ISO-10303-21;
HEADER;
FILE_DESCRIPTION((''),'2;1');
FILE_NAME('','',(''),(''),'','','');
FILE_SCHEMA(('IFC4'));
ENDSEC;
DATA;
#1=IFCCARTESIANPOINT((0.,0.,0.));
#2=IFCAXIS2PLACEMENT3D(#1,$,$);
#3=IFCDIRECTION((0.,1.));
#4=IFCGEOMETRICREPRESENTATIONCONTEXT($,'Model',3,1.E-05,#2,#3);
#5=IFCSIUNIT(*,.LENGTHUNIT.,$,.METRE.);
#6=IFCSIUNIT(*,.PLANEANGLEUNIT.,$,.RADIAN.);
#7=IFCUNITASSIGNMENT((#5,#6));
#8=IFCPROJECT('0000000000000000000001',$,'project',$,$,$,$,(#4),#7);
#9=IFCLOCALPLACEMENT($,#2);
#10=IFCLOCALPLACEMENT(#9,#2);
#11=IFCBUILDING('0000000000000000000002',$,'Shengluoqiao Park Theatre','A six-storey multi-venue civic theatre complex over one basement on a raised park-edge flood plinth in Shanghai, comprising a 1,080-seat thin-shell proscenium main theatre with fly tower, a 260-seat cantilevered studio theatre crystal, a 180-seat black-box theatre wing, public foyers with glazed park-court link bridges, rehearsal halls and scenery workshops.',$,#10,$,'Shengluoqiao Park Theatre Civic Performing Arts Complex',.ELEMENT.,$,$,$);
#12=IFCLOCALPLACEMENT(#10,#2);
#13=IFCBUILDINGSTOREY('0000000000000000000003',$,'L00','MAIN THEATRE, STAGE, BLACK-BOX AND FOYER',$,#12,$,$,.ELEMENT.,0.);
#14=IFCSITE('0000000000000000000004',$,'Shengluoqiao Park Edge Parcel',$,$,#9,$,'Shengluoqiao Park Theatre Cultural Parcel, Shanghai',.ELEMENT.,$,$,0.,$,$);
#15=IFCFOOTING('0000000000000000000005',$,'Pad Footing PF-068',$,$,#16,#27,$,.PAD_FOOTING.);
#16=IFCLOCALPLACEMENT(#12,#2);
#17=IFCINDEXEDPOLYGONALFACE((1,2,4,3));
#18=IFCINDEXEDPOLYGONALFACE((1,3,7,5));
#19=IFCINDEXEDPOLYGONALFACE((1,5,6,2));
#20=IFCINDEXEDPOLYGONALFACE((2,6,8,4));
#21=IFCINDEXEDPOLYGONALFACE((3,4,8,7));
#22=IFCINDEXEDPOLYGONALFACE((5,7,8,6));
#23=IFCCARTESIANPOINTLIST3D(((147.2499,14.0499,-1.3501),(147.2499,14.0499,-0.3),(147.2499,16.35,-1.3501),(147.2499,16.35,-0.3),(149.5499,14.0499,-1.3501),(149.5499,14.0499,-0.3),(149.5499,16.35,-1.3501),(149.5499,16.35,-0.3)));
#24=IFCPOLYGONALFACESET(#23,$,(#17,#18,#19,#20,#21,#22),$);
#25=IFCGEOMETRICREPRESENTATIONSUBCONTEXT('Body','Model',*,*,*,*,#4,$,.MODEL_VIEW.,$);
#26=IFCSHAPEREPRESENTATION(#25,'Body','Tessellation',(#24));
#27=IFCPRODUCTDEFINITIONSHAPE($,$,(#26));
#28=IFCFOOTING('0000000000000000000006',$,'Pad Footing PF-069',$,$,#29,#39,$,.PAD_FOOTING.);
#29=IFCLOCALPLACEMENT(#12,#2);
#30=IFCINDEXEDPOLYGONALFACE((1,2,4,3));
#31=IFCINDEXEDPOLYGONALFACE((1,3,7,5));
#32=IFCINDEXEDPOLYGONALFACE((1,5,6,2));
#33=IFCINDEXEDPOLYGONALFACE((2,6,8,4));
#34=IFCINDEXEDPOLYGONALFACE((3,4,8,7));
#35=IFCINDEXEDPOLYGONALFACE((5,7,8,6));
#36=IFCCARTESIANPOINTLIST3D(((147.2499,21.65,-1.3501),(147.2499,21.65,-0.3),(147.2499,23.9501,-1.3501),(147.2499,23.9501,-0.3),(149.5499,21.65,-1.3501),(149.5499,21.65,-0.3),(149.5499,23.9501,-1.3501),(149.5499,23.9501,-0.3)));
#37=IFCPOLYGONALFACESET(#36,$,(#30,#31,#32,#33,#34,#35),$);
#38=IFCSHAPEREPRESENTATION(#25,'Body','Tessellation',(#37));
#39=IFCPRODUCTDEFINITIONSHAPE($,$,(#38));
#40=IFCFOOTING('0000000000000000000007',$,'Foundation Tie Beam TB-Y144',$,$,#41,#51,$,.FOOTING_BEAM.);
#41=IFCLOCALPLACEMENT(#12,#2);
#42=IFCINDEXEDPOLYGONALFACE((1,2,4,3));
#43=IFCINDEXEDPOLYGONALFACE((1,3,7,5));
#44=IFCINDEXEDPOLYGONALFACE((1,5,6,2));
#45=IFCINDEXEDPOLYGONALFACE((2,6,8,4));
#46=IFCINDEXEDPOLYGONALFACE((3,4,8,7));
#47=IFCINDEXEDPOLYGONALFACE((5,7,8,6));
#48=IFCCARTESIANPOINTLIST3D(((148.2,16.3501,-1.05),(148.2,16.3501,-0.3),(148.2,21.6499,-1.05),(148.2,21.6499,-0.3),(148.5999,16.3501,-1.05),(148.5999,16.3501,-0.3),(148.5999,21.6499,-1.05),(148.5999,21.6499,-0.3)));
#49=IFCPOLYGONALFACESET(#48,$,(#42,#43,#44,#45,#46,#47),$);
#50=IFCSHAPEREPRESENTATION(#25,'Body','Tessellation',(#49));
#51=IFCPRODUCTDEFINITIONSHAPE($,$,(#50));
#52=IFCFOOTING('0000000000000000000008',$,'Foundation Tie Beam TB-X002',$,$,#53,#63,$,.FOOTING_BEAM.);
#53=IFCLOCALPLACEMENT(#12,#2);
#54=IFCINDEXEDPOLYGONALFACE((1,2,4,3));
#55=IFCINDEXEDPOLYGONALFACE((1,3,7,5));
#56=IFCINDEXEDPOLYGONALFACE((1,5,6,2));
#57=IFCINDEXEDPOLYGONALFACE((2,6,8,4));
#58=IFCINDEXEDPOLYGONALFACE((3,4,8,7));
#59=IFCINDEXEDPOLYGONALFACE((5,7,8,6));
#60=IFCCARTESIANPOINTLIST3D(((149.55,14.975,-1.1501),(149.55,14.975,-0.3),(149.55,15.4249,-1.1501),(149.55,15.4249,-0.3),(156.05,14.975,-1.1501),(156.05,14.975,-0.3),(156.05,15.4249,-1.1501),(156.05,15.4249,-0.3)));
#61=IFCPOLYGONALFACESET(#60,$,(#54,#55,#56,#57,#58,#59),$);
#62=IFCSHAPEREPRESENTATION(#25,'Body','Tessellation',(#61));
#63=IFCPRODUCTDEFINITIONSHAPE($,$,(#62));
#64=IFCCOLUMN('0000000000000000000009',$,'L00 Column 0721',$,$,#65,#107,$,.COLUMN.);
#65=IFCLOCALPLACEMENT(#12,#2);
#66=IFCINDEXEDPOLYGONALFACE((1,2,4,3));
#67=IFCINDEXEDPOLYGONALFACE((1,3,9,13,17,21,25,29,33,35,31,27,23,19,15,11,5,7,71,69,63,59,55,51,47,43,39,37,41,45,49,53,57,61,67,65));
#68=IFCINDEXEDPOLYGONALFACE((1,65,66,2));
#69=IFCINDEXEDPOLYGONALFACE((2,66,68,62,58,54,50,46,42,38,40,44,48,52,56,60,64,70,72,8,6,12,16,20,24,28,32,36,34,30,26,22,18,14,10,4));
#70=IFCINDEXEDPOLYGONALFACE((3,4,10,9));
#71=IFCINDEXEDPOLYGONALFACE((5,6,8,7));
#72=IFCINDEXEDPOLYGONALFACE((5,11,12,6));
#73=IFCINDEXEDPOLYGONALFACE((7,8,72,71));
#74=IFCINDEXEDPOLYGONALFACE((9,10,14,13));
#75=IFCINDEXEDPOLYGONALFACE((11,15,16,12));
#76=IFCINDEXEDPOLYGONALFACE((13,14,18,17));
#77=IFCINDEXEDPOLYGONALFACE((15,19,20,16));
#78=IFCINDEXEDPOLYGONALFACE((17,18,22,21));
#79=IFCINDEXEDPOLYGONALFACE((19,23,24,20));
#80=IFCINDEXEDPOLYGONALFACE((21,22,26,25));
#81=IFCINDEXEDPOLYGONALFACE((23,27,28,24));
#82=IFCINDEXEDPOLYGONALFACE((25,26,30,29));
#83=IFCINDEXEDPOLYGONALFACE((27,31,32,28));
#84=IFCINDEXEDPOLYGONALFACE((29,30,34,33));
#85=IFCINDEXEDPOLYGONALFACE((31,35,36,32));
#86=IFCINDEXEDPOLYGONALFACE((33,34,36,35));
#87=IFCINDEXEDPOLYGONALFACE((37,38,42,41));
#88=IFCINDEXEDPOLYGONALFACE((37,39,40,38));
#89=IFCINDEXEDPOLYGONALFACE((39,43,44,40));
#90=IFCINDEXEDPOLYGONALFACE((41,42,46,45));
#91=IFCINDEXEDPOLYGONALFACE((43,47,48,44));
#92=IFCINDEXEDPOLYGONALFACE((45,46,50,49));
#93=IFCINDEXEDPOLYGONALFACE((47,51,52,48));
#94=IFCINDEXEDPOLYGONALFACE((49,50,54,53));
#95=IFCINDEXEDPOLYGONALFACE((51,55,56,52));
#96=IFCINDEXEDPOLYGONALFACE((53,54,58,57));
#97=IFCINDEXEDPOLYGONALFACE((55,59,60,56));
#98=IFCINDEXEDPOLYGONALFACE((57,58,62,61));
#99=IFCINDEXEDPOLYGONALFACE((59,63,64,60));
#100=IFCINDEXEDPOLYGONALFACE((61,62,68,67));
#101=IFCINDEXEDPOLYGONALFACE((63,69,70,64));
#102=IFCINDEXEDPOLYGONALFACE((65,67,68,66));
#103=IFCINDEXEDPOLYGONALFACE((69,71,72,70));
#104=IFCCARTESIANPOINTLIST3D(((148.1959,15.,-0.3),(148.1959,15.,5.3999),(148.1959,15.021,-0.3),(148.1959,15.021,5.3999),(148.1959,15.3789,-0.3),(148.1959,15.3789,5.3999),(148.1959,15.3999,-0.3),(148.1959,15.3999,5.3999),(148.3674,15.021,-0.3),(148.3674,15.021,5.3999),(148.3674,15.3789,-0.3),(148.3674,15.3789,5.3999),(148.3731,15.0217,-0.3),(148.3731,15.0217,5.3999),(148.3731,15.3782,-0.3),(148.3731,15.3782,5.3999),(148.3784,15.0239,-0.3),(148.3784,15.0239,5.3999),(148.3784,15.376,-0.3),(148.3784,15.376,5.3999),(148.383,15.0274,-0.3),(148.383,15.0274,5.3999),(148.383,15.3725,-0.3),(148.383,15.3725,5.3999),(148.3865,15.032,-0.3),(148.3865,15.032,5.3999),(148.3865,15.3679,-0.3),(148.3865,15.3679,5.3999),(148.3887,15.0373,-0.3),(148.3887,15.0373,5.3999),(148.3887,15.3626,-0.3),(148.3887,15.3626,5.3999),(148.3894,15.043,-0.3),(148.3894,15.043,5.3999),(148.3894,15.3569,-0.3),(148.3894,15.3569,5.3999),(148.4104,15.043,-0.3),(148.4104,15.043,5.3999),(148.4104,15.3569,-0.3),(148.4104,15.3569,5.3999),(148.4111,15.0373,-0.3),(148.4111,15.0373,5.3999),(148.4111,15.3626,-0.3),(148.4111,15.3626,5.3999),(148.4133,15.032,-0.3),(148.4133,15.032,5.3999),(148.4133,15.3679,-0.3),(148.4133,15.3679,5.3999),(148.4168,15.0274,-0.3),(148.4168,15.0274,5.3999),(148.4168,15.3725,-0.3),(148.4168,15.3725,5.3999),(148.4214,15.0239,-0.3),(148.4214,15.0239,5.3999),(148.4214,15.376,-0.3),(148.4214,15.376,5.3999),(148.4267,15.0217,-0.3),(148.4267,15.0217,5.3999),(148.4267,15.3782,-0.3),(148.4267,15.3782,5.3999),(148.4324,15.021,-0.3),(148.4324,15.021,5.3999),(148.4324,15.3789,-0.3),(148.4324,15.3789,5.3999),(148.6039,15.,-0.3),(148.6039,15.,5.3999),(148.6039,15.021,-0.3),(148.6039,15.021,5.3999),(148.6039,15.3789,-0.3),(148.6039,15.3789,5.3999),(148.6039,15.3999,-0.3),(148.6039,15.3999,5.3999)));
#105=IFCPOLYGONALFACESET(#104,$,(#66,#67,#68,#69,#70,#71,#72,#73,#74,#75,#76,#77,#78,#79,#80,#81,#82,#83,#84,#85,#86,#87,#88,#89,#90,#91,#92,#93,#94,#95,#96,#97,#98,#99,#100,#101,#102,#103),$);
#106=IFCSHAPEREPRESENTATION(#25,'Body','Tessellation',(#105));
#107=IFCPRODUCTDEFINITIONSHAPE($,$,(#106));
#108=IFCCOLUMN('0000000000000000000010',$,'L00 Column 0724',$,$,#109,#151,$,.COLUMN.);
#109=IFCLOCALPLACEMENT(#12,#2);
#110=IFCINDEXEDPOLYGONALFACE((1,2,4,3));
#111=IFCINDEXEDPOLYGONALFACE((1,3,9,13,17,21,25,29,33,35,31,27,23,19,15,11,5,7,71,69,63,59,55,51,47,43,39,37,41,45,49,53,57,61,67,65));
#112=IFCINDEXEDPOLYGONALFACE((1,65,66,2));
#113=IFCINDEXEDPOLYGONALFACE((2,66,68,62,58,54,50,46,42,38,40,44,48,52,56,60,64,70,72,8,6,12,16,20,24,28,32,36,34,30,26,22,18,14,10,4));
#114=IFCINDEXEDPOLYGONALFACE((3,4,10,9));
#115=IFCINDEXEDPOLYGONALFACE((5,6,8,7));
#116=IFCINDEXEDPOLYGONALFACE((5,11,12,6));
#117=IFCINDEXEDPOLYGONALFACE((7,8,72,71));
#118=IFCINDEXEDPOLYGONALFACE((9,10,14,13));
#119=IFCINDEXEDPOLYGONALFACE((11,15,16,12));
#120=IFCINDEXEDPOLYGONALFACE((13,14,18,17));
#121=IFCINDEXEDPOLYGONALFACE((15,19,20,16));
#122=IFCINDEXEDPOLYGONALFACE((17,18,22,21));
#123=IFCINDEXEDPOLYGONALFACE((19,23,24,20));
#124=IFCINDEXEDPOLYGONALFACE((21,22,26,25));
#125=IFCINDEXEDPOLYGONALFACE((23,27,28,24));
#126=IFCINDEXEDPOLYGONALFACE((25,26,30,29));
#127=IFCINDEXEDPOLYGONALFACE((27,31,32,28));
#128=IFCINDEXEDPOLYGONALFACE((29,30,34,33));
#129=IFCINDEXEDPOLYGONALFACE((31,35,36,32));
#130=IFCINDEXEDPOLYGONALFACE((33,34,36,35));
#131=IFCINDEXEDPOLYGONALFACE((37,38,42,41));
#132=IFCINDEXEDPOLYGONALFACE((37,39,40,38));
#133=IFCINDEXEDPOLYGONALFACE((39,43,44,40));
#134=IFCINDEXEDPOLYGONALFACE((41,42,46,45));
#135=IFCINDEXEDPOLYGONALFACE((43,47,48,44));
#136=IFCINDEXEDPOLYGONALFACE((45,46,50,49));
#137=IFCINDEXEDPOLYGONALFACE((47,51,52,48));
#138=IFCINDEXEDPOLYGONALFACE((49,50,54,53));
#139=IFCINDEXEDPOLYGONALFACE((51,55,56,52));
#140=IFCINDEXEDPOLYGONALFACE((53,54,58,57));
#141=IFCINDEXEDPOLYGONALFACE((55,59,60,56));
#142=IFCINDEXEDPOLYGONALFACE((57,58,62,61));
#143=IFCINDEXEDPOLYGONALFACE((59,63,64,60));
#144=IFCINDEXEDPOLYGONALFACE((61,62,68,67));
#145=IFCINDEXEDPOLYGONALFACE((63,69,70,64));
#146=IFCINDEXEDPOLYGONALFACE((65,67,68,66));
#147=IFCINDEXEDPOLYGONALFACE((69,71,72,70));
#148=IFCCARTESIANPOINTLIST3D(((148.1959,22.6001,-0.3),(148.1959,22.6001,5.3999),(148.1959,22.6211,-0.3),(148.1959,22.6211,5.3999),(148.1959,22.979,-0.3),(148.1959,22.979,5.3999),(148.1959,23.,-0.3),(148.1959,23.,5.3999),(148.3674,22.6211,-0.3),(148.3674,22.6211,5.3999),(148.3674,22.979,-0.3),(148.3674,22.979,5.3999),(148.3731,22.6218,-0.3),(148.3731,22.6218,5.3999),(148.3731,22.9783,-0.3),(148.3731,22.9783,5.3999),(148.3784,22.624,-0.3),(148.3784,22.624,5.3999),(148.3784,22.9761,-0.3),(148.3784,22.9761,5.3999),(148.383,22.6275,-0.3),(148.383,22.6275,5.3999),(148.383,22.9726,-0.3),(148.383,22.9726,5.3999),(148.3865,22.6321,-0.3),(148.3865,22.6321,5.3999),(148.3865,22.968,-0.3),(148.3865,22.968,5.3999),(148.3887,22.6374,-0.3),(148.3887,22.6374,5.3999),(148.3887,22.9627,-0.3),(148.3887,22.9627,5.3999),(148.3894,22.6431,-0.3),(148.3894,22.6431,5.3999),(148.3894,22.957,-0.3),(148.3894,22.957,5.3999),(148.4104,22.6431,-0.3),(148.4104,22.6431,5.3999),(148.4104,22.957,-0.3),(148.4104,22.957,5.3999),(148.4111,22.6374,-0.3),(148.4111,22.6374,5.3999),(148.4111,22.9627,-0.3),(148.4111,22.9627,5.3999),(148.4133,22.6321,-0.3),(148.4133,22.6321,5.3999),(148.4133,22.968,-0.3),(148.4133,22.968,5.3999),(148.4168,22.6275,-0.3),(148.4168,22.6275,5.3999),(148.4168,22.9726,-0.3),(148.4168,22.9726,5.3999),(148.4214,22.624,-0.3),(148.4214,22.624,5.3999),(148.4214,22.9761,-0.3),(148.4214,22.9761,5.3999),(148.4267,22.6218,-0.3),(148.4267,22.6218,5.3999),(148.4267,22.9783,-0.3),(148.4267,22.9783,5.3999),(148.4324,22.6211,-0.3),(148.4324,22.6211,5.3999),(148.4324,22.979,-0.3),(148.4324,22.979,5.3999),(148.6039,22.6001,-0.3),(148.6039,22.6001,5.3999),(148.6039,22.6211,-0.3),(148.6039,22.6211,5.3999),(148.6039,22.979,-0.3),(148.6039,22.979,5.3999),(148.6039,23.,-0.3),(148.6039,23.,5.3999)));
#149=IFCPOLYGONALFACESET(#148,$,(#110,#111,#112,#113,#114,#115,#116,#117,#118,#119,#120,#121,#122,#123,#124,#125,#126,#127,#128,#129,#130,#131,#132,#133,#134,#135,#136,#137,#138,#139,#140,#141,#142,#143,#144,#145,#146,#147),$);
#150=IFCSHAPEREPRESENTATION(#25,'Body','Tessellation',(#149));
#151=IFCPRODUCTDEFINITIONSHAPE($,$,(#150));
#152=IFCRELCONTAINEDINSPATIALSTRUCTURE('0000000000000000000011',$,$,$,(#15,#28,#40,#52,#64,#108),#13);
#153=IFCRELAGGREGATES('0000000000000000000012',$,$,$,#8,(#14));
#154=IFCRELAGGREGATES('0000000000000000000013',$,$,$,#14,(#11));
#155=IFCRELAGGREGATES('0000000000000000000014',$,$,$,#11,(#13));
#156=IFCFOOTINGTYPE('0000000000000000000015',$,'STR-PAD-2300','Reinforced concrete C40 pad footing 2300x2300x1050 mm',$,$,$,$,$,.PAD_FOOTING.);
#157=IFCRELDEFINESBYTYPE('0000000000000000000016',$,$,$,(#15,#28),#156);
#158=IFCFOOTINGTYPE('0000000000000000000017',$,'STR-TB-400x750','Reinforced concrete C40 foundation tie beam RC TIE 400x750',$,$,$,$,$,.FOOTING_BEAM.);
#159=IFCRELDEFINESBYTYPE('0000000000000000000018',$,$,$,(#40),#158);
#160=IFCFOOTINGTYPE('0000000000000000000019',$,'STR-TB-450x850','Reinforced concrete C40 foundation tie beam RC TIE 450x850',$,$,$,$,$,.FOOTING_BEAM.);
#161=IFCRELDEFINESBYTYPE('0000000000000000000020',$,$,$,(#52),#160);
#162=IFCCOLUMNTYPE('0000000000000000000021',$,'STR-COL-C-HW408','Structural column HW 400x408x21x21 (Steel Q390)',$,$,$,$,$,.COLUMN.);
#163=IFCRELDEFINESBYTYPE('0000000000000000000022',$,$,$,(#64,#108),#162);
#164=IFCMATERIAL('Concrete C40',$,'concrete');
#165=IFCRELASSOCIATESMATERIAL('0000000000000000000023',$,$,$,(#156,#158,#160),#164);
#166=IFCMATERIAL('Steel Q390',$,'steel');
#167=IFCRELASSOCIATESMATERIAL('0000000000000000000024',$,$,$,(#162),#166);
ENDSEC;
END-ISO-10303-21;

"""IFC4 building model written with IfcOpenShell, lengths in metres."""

from ifc_helpers import new_model, si_unit, direction, frame, origin, origin_2d, place, context, subcontext, project, spatial, rectangle, i_section, extrude, material, material_profile, profile_set, type_object, element, save


model = new_model("IFC4")

# Units and contexts
model_context = context("Model", 3, precision=1e-05, world=origin(), true_north=direction((0.0, 1.0)))
body_context = subcontext(model_context, "Body", "Model", "MODEL_VIEW")
ifc_project = project(units=[si_unit("LENGTHUNIT", "METRE"), si_unit("PLANEANGLEUNIT", "RADIAN")], contexts=[model_context])

# Site, building, storey
site_placement = place(None, origin())
site = spatial("IfcSite", under=ifc_project, at=site_placement, Name="Shengluoqiao Park Edge Parcel", LongName="Shengluoqiao Park Theatre Cultural Parcel, Shanghai", CompositionType="ELEMENT", RefElevation=0.0)
building_placement = place(site_placement, origin())
building = spatial("IfcBuilding", under=site, at=building_placement, Name="Shengluoqiao Park Theatre", Description="A six-storey multi-venue civic theatre complex over one basement on a raised park-edge flood plinth in Shanghai, comprising a 1,080-seat thin-shell proscenium main theatre with fly tower, a 260-seat cantilevered studio theatre crystal, a 180-seat black-box theatre wing, public foyers with glazed park-court link bridges, rehearsal halls and scenery workshops.", LongName="Shengluoqiao Park Theatre Civic Performing Arts Complex", CompositionType="ELEMENT")
storey_placement = place(building_placement, origin())
storey = spatial("IfcBuildingStorey", under=building, at=storey_placement, Name="L00", Description="MAIN THEATRE, STAGE, BLACK-BOX AND FOYER", CompositionType="ELEMENT", Elevation=0.0)

# Footings
ifc_material_1 = material(Name="Concrete C40", Category="concrete")
footing_type_1 = type_object("IfcFootingType", Name="STR-PAD-2300", Description="Reinforced concrete C40 pad footing 2300x2300x1050 mm", PredefinedType="PAD_FOOTING", material=ifc_material_1)
for number, where, z_axis, x_axis, name in (
    (1, (148.3999, 15.2, -1.3501), (0.0, 0.0, 1.0), (1.0, 0.0, 0.0), "Pad Footing PF-068"),
    (2, (148.3999, 22.8, -1.3501), (0.0, 0.0, 1.0), (1.0, 0.0, 0.0), "Pad Footing PF-069"),
):
    element("IfcFooting", number, at=place(storey_placement, frame(where, z_axis=z_axis, x_axis=x_axis)), inside=storey, type_object=footing_type_1, Name=name, PredefinedType="PAD_FOOTING", context=body_context, shape_type="SweptSolid", body=[
        extrude(rectangle(XDim=2.3, YDim=2.3, at=origin_2d()), origin(), (0.0, 0.0, 1.0), 1.05),
    ])
ifc_material_profile_1 = material_profile(ifc_material_1, rectangle(XDim=0.3999, YDim=0.75, at=origin_2d()), Name="RC TIE 400x750")
ifc_profile_set_1 = profile_set([ifc_material_profile_1], Name="Concrete C40")
footing_type_2 = type_object("IfcFootingType", Name="STR-TB-400x750", Description="Reinforced concrete C40 foundation tie beam RC TIE 400x750", PredefinedType="FOOTING_BEAM", material=ifc_profile_set_1)
footing_1_placement = place(storey_placement, frame((148.3999, 16.3501, -0.675), z_axis=(0.0, 1.0, 0.0), x_axis=(-1.0, 0.0, 0.0)))
element("IfcFooting", 3, at=footing_1_placement, inside=storey, type_object=footing_type_2, Name="Foundation Tie Beam TB-Y144", PredefinedType="FOOTING_BEAM", context=body_context, shape_type="SweptSolid", body=[
    extrude(rectangle(XDim=0.3999, YDim=0.75, at=origin_2d()), origin(), (0.0, 0.0, 1.0), 5.2998),
])
ifc_material_profile_2 = material_profile(ifc_material_1, rectangle(XDim=0.45, YDim=0.8501, at=origin_2d()), Name="RC TIE 450x850")
ifc_profile_set_2 = profile_set([ifc_material_profile_2], Name="Concrete C40")
footing_type_3 = type_object("IfcFootingType", Name="STR-TB-450x850", Description="Reinforced concrete C40 foundation tie beam RC TIE 450x850", PredefinedType="FOOTING_BEAM", material=ifc_profile_set_2)
footing_2_placement = place(storey_placement, frame((149.55, 15.2, -0.7251), z_axis=(1.0, 0.0, 0.0), x_axis=(0.0, 1.0, 0.0)))
element("IfcFooting", 4, at=footing_2_placement, inside=storey, type_object=footing_type_3, Name="Foundation Tie Beam TB-X002", PredefinedType="FOOTING_BEAM", context=body_context, shape_type="SweptSolid", body=[
    extrude(rectangle(XDim=0.45, YDim=0.8501, at=origin_2d()), origin(), (0.0, 0.0, 1.0), 6.5),
])

# Columns
ifc_material_2 = material(Name="Steel Q390", Category="steel")
ifc_material_profile_3 = material_profile(ifc_material_2, i_section(OverallWidth=0.408, OverallDepth=0.3999, WebThickness=0.021, FlangeThickness=0.021, FilletRadius=0.022, at=origin_2d()), Name="HW 400x408x21x21")
ifc_profile_set_3 = profile_set([ifc_material_profile_3], Name="Steel Q390")
column_type = type_object("IfcColumnType", Name="STR-COL-C-HW408", Description="Structural column HW 400x408x21x21 (Steel Q390)", PredefinedType="COLUMN", material=ifc_profile_set_3)
for number, where, z_axis, x_axis, name in (
    (5, (148.3999, 15.2, -0.3), (0.0, 0.0, 1.0), (1.0, 0.0, 0.0), "L00 Column 0721"),
    (6, (148.3999, 22.8, -0.3), (0.0, 0.0, 1.0), (1.0, 0.0, 0.0), "L00 Column 0724"),
):
    element("IfcColumn", number, at=place(storey_placement, frame(where, z_axis=z_axis, x_axis=x_axis)), inside=storey, type_object=column_type, Name=name, PredefinedType="COLUMN", context=body_context, shape_type="SweptSolid", body=[
        extrude(i_section(OverallWidth=0.408, OverallDepth=0.3999, WebThickness=0.021, FlangeThickness=0.021, FilletRadius=0.022, at=origin_2d()), origin(), (0.0, 0.0, 1.0), 5.7),
    ])

save(model, "model.ifc")
